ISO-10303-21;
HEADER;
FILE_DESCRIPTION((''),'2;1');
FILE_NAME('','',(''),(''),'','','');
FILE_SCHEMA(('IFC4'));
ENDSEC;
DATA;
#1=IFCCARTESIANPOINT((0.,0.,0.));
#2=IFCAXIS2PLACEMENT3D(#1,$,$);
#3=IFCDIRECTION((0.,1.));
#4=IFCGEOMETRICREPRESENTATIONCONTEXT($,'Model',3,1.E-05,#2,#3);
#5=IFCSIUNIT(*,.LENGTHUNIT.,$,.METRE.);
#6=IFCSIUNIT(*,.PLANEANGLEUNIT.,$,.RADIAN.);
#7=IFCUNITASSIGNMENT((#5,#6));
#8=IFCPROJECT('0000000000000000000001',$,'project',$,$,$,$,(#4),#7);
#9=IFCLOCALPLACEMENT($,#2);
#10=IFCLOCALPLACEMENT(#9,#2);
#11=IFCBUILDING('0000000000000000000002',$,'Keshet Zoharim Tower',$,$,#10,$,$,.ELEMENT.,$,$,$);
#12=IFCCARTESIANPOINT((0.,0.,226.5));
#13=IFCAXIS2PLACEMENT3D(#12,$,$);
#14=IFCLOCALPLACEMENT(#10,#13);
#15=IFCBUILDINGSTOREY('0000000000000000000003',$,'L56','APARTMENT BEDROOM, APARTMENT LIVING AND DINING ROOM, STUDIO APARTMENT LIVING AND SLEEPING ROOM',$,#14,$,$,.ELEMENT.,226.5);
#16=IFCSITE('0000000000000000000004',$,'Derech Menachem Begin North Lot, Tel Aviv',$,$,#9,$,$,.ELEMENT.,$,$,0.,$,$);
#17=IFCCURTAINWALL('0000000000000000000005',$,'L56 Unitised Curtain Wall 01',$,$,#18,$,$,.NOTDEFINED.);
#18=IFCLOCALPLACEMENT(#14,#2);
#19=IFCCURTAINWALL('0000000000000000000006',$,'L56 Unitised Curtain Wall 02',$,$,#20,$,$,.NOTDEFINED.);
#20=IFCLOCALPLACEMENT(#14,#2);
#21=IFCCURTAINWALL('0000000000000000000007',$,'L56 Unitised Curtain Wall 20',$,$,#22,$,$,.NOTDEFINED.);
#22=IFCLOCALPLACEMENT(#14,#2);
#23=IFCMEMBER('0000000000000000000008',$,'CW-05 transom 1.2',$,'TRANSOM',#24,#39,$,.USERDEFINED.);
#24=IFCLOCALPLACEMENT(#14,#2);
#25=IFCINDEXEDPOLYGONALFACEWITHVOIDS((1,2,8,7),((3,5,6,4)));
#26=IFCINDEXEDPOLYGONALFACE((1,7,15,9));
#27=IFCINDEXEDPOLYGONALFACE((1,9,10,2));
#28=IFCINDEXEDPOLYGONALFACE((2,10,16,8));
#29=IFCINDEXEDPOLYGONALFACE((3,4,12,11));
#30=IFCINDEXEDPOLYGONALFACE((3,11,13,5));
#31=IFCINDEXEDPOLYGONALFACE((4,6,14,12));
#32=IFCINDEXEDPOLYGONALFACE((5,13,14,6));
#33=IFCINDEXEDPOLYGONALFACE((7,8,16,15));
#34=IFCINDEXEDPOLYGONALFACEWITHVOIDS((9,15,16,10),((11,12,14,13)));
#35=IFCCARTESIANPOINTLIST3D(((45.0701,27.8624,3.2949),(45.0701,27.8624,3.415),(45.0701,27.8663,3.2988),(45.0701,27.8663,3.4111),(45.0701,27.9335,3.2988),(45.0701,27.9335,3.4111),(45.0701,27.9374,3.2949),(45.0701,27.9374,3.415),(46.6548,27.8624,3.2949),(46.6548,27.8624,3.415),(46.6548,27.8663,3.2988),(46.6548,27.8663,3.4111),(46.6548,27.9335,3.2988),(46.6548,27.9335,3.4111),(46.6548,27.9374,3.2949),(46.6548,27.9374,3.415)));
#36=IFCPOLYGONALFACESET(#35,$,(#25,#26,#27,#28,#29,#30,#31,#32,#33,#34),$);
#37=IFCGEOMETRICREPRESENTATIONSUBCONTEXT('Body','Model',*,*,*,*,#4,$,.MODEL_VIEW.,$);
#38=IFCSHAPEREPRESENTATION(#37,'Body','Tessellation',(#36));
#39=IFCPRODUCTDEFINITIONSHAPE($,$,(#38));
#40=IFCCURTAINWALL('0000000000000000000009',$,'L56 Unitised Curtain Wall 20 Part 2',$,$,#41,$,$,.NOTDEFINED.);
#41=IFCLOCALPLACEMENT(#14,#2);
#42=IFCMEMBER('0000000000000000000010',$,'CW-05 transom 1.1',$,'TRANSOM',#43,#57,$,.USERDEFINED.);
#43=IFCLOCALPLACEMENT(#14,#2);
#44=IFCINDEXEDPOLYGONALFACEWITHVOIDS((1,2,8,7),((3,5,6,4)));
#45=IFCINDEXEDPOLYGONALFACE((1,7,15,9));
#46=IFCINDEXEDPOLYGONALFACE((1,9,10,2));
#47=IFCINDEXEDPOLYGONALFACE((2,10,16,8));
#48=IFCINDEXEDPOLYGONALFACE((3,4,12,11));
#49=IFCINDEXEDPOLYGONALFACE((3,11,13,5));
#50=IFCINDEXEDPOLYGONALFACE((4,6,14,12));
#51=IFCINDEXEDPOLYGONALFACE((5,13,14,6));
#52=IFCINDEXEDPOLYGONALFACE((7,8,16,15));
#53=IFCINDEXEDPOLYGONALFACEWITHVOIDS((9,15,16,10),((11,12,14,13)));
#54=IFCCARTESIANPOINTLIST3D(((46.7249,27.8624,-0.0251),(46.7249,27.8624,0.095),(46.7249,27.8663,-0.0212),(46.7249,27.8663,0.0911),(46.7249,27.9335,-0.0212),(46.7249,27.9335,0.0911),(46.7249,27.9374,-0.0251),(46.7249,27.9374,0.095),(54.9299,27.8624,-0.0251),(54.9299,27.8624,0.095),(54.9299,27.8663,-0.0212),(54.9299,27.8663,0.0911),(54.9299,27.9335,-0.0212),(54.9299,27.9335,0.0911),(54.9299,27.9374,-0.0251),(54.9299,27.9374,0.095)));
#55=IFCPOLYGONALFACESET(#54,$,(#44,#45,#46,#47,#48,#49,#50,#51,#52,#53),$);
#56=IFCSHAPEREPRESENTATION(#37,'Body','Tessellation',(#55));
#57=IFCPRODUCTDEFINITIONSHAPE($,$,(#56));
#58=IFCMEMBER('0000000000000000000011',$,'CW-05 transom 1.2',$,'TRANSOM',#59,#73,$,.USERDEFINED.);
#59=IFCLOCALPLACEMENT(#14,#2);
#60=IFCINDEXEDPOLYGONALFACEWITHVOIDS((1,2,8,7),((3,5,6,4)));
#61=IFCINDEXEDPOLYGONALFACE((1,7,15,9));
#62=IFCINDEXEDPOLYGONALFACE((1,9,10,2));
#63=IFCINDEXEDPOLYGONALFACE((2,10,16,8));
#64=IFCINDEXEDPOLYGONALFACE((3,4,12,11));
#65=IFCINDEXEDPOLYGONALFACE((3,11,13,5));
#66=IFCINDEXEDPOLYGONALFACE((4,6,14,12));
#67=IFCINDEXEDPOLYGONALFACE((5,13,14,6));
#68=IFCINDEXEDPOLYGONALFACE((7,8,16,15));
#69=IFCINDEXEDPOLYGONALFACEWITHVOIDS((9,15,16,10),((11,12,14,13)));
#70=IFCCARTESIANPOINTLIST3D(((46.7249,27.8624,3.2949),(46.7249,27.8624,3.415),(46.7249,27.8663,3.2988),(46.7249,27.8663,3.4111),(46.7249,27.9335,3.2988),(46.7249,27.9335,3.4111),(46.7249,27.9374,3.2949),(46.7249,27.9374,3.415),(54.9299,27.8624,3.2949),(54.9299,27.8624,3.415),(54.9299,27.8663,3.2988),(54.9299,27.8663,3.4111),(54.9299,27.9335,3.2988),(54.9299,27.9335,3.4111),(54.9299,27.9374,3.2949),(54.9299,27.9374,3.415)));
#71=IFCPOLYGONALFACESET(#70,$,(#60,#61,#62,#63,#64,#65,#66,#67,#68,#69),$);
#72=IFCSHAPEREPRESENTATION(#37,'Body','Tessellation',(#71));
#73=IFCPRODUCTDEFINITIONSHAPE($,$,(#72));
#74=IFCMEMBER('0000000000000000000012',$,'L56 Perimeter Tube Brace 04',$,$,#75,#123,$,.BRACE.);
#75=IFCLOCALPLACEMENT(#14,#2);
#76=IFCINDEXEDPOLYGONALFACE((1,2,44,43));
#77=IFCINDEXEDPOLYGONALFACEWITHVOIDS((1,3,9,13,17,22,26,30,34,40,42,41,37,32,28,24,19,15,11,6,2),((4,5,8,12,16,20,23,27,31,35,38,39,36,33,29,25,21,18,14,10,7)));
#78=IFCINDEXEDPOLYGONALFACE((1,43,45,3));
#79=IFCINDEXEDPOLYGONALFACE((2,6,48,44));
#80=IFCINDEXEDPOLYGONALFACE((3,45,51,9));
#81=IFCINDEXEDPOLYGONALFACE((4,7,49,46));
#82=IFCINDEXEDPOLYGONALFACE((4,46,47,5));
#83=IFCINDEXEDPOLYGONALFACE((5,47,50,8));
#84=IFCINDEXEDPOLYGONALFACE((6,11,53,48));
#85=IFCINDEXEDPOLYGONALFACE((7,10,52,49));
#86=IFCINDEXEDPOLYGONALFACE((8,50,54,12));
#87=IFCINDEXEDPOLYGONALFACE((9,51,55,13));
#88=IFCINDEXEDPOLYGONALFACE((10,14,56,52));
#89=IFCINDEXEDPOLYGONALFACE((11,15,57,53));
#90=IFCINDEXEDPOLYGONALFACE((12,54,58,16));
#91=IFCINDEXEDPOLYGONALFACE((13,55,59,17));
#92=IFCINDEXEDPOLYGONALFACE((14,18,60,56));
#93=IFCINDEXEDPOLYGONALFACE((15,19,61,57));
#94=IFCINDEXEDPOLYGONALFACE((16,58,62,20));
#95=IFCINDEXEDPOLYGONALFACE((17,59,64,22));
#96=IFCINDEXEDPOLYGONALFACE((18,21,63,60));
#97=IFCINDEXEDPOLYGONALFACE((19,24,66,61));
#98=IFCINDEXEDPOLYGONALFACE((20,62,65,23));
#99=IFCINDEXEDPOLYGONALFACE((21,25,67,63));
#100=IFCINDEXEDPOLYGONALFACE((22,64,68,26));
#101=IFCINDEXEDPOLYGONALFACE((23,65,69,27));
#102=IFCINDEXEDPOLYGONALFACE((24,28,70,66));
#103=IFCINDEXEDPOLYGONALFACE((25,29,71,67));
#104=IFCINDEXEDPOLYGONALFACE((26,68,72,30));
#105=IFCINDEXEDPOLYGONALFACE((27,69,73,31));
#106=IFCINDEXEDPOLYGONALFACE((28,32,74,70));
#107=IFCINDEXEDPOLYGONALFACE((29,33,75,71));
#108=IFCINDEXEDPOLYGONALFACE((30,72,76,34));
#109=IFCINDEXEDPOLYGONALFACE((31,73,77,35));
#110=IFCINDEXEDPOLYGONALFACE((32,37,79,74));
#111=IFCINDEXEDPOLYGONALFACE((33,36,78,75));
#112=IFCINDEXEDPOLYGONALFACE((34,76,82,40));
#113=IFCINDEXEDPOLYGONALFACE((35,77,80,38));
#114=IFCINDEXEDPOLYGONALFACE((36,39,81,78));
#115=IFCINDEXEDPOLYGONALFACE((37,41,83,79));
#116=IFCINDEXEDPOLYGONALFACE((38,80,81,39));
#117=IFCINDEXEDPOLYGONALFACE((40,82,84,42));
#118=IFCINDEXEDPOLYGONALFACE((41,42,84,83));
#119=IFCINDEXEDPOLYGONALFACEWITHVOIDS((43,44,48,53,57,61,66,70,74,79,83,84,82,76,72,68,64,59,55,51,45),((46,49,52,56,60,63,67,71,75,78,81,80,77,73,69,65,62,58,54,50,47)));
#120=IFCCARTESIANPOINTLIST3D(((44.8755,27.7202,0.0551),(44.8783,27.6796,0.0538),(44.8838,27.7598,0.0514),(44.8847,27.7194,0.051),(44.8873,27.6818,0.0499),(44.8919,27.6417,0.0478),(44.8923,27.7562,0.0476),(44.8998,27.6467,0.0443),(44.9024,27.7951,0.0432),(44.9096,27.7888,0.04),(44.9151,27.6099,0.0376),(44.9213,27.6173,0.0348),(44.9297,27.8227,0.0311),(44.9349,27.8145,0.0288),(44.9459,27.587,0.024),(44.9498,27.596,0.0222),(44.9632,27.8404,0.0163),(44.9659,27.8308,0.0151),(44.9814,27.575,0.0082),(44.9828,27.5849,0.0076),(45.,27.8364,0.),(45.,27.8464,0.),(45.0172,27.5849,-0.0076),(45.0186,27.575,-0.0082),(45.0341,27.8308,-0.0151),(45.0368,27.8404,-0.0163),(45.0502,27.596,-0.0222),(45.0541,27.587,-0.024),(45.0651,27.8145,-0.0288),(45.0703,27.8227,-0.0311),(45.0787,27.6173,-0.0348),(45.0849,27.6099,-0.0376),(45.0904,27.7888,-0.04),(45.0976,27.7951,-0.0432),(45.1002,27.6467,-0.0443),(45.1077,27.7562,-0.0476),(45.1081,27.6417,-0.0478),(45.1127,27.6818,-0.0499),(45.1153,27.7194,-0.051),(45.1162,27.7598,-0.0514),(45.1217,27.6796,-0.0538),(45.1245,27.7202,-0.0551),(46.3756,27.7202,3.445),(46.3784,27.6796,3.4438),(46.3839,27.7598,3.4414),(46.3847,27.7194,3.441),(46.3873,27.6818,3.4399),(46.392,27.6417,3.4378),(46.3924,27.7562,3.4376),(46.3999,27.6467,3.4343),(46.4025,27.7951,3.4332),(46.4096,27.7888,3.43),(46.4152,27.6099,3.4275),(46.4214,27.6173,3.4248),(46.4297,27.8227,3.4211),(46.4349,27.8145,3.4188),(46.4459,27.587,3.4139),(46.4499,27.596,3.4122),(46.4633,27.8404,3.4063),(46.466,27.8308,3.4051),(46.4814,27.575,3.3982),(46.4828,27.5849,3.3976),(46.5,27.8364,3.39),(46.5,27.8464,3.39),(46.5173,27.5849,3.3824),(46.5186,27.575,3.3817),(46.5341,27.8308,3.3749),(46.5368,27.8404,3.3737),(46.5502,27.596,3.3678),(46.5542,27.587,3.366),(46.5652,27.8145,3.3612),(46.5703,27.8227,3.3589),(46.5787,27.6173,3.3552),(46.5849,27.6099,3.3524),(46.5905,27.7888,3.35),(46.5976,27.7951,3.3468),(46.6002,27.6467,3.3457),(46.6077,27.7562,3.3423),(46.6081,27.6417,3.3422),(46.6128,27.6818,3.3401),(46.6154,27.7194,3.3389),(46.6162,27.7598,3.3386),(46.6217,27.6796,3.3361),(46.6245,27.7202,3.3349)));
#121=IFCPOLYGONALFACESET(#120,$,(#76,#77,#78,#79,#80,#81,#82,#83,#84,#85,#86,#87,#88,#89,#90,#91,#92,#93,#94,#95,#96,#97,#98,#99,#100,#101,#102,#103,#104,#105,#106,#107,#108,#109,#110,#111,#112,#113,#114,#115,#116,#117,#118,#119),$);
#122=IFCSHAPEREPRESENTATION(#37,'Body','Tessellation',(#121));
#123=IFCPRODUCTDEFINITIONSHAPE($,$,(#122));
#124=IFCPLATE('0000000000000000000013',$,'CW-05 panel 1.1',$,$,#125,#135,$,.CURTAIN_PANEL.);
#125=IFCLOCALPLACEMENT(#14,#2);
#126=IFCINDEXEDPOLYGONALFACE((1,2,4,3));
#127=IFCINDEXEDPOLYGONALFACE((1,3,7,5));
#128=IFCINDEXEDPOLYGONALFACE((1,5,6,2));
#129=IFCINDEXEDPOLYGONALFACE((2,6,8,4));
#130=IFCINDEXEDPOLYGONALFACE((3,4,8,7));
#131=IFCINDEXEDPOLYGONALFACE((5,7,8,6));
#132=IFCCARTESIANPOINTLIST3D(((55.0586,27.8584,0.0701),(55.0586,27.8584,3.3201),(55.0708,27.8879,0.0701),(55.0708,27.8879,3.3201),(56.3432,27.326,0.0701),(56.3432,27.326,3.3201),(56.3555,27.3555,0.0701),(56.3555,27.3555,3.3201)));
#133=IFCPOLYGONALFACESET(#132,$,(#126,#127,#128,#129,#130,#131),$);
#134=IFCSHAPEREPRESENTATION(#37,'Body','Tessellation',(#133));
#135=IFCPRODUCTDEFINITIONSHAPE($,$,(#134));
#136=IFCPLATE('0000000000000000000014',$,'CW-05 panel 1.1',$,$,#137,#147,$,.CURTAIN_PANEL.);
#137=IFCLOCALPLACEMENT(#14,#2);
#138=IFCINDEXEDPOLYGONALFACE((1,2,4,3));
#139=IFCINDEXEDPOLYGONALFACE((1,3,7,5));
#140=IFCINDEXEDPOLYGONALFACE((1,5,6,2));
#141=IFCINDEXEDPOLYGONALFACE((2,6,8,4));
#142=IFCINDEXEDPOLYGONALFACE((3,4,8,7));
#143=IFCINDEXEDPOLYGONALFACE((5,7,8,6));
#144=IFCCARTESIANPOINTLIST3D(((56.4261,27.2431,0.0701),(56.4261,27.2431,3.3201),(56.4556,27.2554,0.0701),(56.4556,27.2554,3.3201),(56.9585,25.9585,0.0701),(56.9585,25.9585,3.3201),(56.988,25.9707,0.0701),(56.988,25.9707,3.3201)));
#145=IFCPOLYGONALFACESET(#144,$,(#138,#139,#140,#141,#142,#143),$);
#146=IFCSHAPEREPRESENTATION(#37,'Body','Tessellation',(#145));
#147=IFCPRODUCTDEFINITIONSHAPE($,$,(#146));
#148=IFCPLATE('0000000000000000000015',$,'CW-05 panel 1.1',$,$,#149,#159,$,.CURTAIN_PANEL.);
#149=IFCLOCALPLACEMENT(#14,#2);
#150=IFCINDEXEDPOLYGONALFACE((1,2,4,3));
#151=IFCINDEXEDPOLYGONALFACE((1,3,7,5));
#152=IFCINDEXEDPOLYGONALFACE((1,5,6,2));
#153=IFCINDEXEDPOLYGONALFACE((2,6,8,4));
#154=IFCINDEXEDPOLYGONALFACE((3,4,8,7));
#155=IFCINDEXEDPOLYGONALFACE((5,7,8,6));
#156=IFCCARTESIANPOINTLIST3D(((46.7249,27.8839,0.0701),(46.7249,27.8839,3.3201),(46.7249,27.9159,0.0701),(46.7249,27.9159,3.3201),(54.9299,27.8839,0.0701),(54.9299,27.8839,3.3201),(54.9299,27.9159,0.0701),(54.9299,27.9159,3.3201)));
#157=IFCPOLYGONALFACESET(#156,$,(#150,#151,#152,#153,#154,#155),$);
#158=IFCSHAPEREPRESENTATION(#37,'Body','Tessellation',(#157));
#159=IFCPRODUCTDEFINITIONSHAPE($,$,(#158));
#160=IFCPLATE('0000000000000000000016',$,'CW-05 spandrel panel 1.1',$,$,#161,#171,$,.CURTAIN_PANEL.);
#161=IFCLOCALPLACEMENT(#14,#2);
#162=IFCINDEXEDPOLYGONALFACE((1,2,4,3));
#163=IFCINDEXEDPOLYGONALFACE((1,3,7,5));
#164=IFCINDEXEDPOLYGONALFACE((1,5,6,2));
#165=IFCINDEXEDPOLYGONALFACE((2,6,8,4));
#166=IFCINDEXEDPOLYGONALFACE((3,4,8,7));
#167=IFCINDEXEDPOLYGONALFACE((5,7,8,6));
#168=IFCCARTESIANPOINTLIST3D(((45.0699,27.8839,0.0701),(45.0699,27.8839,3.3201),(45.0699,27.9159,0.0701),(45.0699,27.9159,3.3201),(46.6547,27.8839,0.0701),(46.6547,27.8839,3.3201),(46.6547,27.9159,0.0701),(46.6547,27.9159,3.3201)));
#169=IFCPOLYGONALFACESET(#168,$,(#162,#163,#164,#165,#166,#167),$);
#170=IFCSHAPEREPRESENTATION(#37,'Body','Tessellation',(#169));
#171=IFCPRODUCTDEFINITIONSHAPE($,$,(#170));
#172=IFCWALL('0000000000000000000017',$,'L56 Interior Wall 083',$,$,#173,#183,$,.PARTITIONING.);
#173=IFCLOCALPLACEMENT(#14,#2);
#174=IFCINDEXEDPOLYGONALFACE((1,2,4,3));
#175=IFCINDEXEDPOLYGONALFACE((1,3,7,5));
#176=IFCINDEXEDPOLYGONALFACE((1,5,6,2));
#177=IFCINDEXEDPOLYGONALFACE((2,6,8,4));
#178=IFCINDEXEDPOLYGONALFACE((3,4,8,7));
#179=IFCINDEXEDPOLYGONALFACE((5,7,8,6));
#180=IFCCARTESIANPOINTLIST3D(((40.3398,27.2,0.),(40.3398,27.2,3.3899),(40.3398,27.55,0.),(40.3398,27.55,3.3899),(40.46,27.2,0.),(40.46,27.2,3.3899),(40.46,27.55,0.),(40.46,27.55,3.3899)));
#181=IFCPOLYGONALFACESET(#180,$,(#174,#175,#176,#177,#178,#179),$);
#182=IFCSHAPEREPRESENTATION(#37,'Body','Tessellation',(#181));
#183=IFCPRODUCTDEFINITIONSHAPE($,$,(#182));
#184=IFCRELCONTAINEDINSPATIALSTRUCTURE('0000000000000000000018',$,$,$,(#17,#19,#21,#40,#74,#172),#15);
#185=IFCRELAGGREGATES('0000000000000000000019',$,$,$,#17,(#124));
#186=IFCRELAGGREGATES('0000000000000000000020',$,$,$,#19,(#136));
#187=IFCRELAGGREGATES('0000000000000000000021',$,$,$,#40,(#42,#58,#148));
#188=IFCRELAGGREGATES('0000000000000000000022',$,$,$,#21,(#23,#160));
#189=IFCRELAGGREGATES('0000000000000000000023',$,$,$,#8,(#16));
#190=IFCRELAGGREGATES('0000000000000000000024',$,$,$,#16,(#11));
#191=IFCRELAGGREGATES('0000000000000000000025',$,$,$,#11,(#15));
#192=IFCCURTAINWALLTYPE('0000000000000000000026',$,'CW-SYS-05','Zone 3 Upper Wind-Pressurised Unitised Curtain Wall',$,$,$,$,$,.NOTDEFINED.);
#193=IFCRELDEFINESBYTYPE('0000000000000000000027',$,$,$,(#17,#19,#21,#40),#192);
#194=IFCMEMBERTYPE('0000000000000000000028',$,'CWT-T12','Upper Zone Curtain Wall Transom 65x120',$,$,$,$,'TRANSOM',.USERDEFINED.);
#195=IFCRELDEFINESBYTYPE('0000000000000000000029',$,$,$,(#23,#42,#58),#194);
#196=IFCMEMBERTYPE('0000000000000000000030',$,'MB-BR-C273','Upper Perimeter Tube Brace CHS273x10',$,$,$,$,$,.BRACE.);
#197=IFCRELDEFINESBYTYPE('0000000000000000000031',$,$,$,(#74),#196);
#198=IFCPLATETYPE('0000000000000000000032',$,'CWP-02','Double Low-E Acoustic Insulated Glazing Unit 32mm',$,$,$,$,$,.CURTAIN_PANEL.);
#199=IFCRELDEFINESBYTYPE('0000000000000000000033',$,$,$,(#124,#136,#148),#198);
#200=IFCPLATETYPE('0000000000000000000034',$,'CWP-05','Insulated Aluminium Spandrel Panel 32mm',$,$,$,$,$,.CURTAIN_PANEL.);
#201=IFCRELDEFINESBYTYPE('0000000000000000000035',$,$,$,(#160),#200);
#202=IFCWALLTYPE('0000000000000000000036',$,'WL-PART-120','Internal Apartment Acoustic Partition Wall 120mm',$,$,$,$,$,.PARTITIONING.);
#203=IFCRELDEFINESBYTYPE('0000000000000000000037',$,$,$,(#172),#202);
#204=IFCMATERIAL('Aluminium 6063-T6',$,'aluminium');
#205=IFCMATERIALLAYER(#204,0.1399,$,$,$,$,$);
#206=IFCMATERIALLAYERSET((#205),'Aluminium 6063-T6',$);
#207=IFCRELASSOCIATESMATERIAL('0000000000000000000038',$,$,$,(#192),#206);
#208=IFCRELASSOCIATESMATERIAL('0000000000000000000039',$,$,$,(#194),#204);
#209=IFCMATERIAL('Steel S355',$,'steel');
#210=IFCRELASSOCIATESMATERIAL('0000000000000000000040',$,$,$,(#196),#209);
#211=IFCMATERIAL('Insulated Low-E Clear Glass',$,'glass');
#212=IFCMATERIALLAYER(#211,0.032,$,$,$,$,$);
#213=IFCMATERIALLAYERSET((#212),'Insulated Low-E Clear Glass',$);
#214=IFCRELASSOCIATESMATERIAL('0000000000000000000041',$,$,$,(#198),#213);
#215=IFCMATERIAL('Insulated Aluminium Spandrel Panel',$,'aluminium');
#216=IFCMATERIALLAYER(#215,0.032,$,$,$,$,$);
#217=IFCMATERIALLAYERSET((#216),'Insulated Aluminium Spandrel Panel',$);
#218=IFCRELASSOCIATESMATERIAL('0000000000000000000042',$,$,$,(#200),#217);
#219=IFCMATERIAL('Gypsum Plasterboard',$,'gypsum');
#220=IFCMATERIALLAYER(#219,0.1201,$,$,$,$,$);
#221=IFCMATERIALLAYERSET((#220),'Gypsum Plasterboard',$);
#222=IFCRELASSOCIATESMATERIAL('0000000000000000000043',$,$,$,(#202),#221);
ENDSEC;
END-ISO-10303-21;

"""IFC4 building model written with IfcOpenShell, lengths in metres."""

from ifc_helpers import new_model, si_unit, direction, frame, frame_2d, origin, origin_2d, place, context, subcontext, project, spatial, rectangle, hollow_rectangle, hollow_circle, extrude, material, layer, layer_set, material_profile, profile_set, type_object, element, aggregate, save


model = new_model("IFC4")

# Units and contexts
model_context = context("Model", 3, precision=1e-05, world=origin(), true_north=direction((0.0, 1.0)))
body_context = subcontext(model_context, "Body", "Model", "MODEL_VIEW")
ifc_project = project(units=[si_unit("LENGTHUNIT", "METRE"), si_unit("PLANEANGLEUNIT", "RADIAN")], contexts=[model_context])

# Site, building, storey
site_placement = place(None, origin())
site = spatial("IfcSite", under=ifc_project, at=site_placement, Name="Derech Menachem Begin North Lot, Tel Aviv", CompositionType="ELEMENT", RefElevation=0.0)
building_placement = place(site_placement, origin())
building = spatial("IfcBuilding", under=site, at=building_placement, Name="Keshet Zoharim Tower", CompositionType="ELEMENT")
storey_placement = place(building_placement, frame((0.0, 0.0, 226.5)))
storey = spatial("IfcBuildingStorey", under=building, at=storey_placement, Name="L56", Description="APARTMENT BEDROOM, APARTMENT LIVING AND DINING ROOM, STUDIO APARTMENT LIVING AND SLEEPING ROOM", CompositionType="ELEMENT", Elevation=226.5)

# Shared definitions
ifc_material_1 = material(Name="Steel S355", Category="steel")

# Curtain walls
ifc_material_2 = material(Name="Aluminium 6063-T6", Category="aluminium")
ifc_layer_1 = layer(ifc_material_2, 0.1399)
ifc_layer_set_1 = layer_set([ifc_layer_1], Name="Aluminium 6063-T6")
curtain_wall_type = type_object("IfcCurtainWallType", Name="CW-SYS-05", Description="Zone 3 Upper Wind-Pressurised Unitised Curtain Wall", PredefinedType="NOTDEFINED", material=ifc_layer_set_1)
curtain_wall_1_placement = place(storey_placement, origin())
curtain_wall_1 = element("IfcCurtainWall", 1, at=curtain_wall_1_placement, inside=storey, type_object=curtain_wall_type, Name="L56 Unitised Curtain Wall 01", PredefinedType="NOTDEFINED")
curtain_wall_2_placement = place(storey_placement, origin())
curtain_wall_2 = element("IfcCurtainWall", 2, at=curtain_wall_2_placement, inside=storey, type_object=curtain_wall_type, Name="L56 Unitised Curtain Wall 02", PredefinedType="NOTDEFINED")

# Curtain wall
curtain_wall_3_placement = place(storey_placement, origin())
curtain_wall_3 = element("IfcCurtainWall", 3, at=curtain_wall_3_placement, inside=storey, type_object=curtain_wall_type, Name="L56 Unitised Curtain Wall 20", PredefinedType="NOTDEFINED")

# Member
ifc_material_profile_1 = material_profile(ifc_material_2, hollow_rectangle(XDim=0.075, YDim=0.1201, WallThickness=0.0039, at=origin_2d()), Name="TRN-75x120")
ifc_profile_set_1 = profile_set([ifc_material_profile_1], Name="Aluminium 6063-T6")
member_type_1 = type_object("IfcMemberType", Name="CWT-T12", Description="Upper Zone Curtain Wall Transom 65x120", ElementType="TRANSOM", PredefinedType="USERDEFINED", material=ifc_profile_set_1)
member_1_placement = place(storey_placement, frame((45.0701, 27.8999, 3.355), z_axis=(1.0, 0.0, 0.0), x_axis=(0.0, 1.0, 0.0)))
member_1 = element("IfcMember", 4, at=member_1_placement, type_object=member_type_1, Name="CW-05 transom 1.2", ObjectType="TRANSOM", PredefinedType="USERDEFINED", context=body_context, shape_type="SweptSolid", body=[
    extrude(hollow_rectangle(XDim=0.075, YDim=0.1201, WallThickness=0.0039, at=origin_2d()), origin(), (0.0, 0.0, 1.0), 1.5847),
])

# Curtain wall, members
curtain_wall_4_placement = place(storey_placement, origin())
curtain_wall_4 = element("IfcCurtainWall", 5, at=curtain_wall_4_placement, inside=storey, type_object=curtain_wall_type, Name="L56 Unitised Curtain Wall 20 Part 2", PredefinedType="NOTDEFINED")
member_2_placement = place(storey_placement, frame((46.7249, 27.8999, 0.0349), z_axis=(1.0, 0.0, 0.0), x_axis=(0.0, 1.0, 0.0)))
member_2 = element("IfcMember", 6, at=member_2_placement, type_object=member_type_1, Name="CW-05 transom 1.1", ObjectType="TRANSOM", PredefinedType="USERDEFINED", context=body_context, shape_type="SweptSolid", body=[
    extrude(hollow_rectangle(XDim=0.075, YDim=0.1201, WallThickness=0.0039, at=origin_2d()), origin(), (0.0, 0.0, 1.0), 8.2051),
])
member_3_placement = place(storey_placement, frame((46.7249, 27.8999, 3.355), z_axis=(1.0, 0.0, 0.0), x_axis=(0.0, 1.0, 0.0)))
member_3 = element("IfcMember", 7, at=member_3_placement, type_object=member_type_1, Name="CW-05 transom 1.2", ObjectType="TRANSOM", PredefinedType="USERDEFINED", context=body_context, shape_type="SweptSolid", body=[
    extrude(hollow_rectangle(XDim=0.075, YDim=0.1201, WallThickness=0.0039, at=origin_2d()), origin(), (0.0, 0.0, 1.0), 8.2051),
])

# Member
ifc_material_profile_2 = material_profile(ifc_material_1, hollow_circle(Radius=0.1365, WallThickness=0.01, at=origin_2d()), Name="CHS273x10")
ifc_profile_set_2 = profile_set([ifc_material_profile_2], Name="Steel S355")
member_type_2 = type_object("IfcMemberType", Name="MB-BR-C273", Description="Upper Perimeter Tube Brace CHS273x10", PredefinedType="BRACE", material=ifc_profile_set_2)
member_4_placement = place(storey_placement, frame((45.0, 27.71, 0.0), z_axis=(0.404647, 0.0, 0.914473), x_axis=(0.0, 1.0, 0.0)))
element("IfcMember", 8, at=member_4_placement, inside=storey, type_object=member_type_2, Name="L56 Perimeter Tube Brace 04", PredefinedType="BRACE", context=body_context, shape_type="SweptSolid", body=[
    extrude(hollow_circle(Radius=0.1365, WallThickness=0.01, at=origin_2d()), origin(), (0.0, 0.0, 1.0), 3.707),
])

# Plates
ifc_material_3 = material(Name="Insulated Low-E Clear Glass", Category="glass")
ifc_layer_2 = layer(ifc_material_3, 0.032)
ifc_layer_set_2 = layer_set([ifc_layer_2], Name="Insulated Low-E Clear Glass")
plate_type_1 = type_object("IfcPlateType", Name="CWP-02", Description="Double Low-E Acoustic Insulated Glazing Unit 32mm", PredefinedType="CURTAIN_PANEL", material=ifc_layer_set_2)
plate_1_placement = place(storey_placement, frame((55.707, 27.6069, 0.0701), z_axis=(0.0, 0.0, 1.0), x_axis=(0.92381, -0.382852, 0.0)))
plate_1 = element("IfcPlate", 9, at=plate_1_placement, type_object=plate_type_1, Name="CW-05 panel 1.1", PredefinedType="CURTAIN_PANEL", context=body_context, shape_type="SweptSolid", body=[
    extrude(rectangle(XDim=1.3906, YDim=0.032, at=origin_2d()), origin(), (0.0, 0.0, 1.0), 3.25),
])
aggregate(curtain_wall_1, [plate_1])
plate_2_placement = place(storey_placement, frame((56.707, 26.6069, 0.0701), z_axis=(0.0, 0.0, 1.0), x_axis=(0.382852, -0.92381, 0.0)))
plate_2 = element("IfcPlate", 10, at=plate_2_placement, type_object=plate_type_1, Name="CW-05 panel 1.1", PredefinedType="CURTAIN_PANEL", context=body_context, shape_type="SweptSolid", body=[
    extrude(rectangle(XDim=1.3906, YDim=0.032, at=origin_2d()), origin(), (0.0, 0.0, 1.0), 3.25),
])
aggregate(curtain_wall_2, [plate_2])
plate_3_placement = place(storey_placement, frame((50.8274, 27.8999, 0.0701), z_axis=(0.0, 0.0, 1.0), x_axis=(1.0, 0.0, 0.0)))
plate_3 = element("IfcPlate", 11, at=plate_3_placement, type_object=plate_type_1, Name="CW-05 panel 1.1", PredefinedType="CURTAIN_PANEL", context=body_context, shape_type="SweptSolid", body=[
    extrude(rectangle(XDim=8.2051, YDim=0.032, at=origin_2d()), origin(), (0.0, 0.0, 1.0), 3.25),
])
aggregate(curtain_wall_4, [member_2, member_3, plate_3])
ifc_material_4 = material(Name="Insulated Aluminium Spandrel Panel", Category="aluminium")
ifc_layer_3 = layer(ifc_material_4, 0.032)
ifc_layer_set_3 = layer_set([ifc_layer_3], Name="Insulated Aluminium Spandrel Panel")
plate_type_2 = type_object("IfcPlateType", Name="CWP-05", Description="Insulated Aluminium Spandrel Panel 32mm", PredefinedType="CURTAIN_PANEL", material=ifc_layer_set_3)
plate_4_placement = place(storey_placement, frame((45.8623, 27.8999, 0.0701), z_axis=(0.0, 0.0, 1.0), x_axis=(1.0, 0.0, 0.0)))
plate_4 = element("IfcPlate", 12, at=plate_4_placement, type_object=plate_type_2, Name="CW-05 spandrel panel 1.1", PredefinedType="CURTAIN_PANEL", context=body_context, shape_type="SweptSolid", body=[
    extrude(rectangle(XDim=1.5847, YDim=0.032, at=origin_2d()), origin(), (0.0, 0.0, 1.0), 3.25),
])
aggregate(curtain_wall_3, [member_1, plate_4])

# Wall
ifc_material_5 = material(Name="Gypsum Plasterboard", Category="gypsum")
ifc_layer_4 = layer(ifc_material_5, 0.1201)
ifc_layer_set_4 = layer_set([ifc_layer_4], Name="Gypsum Plasterboard")
wall_type = type_object("IfcWallType", Name="WL-PART-120", Description="Internal Apartment Acoustic Partition Wall 120mm", PredefinedType="PARTITIONING", material=ifc_layer_set_4)
wall_1_placement = place(storey_placement, frame((40.3999, 27.2, 0.0), z_axis=(0.0, 0.0, 1.0), x_axis=(0.0, 1.0, 0.0)))
element("IfcWall", 13, at=wall_1_placement, inside=storey, type_object=wall_type, Name="L56 Interior Wall 083", PredefinedType="PARTITIONING", context=body_context, shape_type="SweptSolid", body=[
    extrude(rectangle(XDim=0.3501, YDim=0.1201, at=frame_2d((0.175, 0.0))), origin(), (0.0, 0.0, 1.0), 3.3899),
])

save(model, "model.ifc")
